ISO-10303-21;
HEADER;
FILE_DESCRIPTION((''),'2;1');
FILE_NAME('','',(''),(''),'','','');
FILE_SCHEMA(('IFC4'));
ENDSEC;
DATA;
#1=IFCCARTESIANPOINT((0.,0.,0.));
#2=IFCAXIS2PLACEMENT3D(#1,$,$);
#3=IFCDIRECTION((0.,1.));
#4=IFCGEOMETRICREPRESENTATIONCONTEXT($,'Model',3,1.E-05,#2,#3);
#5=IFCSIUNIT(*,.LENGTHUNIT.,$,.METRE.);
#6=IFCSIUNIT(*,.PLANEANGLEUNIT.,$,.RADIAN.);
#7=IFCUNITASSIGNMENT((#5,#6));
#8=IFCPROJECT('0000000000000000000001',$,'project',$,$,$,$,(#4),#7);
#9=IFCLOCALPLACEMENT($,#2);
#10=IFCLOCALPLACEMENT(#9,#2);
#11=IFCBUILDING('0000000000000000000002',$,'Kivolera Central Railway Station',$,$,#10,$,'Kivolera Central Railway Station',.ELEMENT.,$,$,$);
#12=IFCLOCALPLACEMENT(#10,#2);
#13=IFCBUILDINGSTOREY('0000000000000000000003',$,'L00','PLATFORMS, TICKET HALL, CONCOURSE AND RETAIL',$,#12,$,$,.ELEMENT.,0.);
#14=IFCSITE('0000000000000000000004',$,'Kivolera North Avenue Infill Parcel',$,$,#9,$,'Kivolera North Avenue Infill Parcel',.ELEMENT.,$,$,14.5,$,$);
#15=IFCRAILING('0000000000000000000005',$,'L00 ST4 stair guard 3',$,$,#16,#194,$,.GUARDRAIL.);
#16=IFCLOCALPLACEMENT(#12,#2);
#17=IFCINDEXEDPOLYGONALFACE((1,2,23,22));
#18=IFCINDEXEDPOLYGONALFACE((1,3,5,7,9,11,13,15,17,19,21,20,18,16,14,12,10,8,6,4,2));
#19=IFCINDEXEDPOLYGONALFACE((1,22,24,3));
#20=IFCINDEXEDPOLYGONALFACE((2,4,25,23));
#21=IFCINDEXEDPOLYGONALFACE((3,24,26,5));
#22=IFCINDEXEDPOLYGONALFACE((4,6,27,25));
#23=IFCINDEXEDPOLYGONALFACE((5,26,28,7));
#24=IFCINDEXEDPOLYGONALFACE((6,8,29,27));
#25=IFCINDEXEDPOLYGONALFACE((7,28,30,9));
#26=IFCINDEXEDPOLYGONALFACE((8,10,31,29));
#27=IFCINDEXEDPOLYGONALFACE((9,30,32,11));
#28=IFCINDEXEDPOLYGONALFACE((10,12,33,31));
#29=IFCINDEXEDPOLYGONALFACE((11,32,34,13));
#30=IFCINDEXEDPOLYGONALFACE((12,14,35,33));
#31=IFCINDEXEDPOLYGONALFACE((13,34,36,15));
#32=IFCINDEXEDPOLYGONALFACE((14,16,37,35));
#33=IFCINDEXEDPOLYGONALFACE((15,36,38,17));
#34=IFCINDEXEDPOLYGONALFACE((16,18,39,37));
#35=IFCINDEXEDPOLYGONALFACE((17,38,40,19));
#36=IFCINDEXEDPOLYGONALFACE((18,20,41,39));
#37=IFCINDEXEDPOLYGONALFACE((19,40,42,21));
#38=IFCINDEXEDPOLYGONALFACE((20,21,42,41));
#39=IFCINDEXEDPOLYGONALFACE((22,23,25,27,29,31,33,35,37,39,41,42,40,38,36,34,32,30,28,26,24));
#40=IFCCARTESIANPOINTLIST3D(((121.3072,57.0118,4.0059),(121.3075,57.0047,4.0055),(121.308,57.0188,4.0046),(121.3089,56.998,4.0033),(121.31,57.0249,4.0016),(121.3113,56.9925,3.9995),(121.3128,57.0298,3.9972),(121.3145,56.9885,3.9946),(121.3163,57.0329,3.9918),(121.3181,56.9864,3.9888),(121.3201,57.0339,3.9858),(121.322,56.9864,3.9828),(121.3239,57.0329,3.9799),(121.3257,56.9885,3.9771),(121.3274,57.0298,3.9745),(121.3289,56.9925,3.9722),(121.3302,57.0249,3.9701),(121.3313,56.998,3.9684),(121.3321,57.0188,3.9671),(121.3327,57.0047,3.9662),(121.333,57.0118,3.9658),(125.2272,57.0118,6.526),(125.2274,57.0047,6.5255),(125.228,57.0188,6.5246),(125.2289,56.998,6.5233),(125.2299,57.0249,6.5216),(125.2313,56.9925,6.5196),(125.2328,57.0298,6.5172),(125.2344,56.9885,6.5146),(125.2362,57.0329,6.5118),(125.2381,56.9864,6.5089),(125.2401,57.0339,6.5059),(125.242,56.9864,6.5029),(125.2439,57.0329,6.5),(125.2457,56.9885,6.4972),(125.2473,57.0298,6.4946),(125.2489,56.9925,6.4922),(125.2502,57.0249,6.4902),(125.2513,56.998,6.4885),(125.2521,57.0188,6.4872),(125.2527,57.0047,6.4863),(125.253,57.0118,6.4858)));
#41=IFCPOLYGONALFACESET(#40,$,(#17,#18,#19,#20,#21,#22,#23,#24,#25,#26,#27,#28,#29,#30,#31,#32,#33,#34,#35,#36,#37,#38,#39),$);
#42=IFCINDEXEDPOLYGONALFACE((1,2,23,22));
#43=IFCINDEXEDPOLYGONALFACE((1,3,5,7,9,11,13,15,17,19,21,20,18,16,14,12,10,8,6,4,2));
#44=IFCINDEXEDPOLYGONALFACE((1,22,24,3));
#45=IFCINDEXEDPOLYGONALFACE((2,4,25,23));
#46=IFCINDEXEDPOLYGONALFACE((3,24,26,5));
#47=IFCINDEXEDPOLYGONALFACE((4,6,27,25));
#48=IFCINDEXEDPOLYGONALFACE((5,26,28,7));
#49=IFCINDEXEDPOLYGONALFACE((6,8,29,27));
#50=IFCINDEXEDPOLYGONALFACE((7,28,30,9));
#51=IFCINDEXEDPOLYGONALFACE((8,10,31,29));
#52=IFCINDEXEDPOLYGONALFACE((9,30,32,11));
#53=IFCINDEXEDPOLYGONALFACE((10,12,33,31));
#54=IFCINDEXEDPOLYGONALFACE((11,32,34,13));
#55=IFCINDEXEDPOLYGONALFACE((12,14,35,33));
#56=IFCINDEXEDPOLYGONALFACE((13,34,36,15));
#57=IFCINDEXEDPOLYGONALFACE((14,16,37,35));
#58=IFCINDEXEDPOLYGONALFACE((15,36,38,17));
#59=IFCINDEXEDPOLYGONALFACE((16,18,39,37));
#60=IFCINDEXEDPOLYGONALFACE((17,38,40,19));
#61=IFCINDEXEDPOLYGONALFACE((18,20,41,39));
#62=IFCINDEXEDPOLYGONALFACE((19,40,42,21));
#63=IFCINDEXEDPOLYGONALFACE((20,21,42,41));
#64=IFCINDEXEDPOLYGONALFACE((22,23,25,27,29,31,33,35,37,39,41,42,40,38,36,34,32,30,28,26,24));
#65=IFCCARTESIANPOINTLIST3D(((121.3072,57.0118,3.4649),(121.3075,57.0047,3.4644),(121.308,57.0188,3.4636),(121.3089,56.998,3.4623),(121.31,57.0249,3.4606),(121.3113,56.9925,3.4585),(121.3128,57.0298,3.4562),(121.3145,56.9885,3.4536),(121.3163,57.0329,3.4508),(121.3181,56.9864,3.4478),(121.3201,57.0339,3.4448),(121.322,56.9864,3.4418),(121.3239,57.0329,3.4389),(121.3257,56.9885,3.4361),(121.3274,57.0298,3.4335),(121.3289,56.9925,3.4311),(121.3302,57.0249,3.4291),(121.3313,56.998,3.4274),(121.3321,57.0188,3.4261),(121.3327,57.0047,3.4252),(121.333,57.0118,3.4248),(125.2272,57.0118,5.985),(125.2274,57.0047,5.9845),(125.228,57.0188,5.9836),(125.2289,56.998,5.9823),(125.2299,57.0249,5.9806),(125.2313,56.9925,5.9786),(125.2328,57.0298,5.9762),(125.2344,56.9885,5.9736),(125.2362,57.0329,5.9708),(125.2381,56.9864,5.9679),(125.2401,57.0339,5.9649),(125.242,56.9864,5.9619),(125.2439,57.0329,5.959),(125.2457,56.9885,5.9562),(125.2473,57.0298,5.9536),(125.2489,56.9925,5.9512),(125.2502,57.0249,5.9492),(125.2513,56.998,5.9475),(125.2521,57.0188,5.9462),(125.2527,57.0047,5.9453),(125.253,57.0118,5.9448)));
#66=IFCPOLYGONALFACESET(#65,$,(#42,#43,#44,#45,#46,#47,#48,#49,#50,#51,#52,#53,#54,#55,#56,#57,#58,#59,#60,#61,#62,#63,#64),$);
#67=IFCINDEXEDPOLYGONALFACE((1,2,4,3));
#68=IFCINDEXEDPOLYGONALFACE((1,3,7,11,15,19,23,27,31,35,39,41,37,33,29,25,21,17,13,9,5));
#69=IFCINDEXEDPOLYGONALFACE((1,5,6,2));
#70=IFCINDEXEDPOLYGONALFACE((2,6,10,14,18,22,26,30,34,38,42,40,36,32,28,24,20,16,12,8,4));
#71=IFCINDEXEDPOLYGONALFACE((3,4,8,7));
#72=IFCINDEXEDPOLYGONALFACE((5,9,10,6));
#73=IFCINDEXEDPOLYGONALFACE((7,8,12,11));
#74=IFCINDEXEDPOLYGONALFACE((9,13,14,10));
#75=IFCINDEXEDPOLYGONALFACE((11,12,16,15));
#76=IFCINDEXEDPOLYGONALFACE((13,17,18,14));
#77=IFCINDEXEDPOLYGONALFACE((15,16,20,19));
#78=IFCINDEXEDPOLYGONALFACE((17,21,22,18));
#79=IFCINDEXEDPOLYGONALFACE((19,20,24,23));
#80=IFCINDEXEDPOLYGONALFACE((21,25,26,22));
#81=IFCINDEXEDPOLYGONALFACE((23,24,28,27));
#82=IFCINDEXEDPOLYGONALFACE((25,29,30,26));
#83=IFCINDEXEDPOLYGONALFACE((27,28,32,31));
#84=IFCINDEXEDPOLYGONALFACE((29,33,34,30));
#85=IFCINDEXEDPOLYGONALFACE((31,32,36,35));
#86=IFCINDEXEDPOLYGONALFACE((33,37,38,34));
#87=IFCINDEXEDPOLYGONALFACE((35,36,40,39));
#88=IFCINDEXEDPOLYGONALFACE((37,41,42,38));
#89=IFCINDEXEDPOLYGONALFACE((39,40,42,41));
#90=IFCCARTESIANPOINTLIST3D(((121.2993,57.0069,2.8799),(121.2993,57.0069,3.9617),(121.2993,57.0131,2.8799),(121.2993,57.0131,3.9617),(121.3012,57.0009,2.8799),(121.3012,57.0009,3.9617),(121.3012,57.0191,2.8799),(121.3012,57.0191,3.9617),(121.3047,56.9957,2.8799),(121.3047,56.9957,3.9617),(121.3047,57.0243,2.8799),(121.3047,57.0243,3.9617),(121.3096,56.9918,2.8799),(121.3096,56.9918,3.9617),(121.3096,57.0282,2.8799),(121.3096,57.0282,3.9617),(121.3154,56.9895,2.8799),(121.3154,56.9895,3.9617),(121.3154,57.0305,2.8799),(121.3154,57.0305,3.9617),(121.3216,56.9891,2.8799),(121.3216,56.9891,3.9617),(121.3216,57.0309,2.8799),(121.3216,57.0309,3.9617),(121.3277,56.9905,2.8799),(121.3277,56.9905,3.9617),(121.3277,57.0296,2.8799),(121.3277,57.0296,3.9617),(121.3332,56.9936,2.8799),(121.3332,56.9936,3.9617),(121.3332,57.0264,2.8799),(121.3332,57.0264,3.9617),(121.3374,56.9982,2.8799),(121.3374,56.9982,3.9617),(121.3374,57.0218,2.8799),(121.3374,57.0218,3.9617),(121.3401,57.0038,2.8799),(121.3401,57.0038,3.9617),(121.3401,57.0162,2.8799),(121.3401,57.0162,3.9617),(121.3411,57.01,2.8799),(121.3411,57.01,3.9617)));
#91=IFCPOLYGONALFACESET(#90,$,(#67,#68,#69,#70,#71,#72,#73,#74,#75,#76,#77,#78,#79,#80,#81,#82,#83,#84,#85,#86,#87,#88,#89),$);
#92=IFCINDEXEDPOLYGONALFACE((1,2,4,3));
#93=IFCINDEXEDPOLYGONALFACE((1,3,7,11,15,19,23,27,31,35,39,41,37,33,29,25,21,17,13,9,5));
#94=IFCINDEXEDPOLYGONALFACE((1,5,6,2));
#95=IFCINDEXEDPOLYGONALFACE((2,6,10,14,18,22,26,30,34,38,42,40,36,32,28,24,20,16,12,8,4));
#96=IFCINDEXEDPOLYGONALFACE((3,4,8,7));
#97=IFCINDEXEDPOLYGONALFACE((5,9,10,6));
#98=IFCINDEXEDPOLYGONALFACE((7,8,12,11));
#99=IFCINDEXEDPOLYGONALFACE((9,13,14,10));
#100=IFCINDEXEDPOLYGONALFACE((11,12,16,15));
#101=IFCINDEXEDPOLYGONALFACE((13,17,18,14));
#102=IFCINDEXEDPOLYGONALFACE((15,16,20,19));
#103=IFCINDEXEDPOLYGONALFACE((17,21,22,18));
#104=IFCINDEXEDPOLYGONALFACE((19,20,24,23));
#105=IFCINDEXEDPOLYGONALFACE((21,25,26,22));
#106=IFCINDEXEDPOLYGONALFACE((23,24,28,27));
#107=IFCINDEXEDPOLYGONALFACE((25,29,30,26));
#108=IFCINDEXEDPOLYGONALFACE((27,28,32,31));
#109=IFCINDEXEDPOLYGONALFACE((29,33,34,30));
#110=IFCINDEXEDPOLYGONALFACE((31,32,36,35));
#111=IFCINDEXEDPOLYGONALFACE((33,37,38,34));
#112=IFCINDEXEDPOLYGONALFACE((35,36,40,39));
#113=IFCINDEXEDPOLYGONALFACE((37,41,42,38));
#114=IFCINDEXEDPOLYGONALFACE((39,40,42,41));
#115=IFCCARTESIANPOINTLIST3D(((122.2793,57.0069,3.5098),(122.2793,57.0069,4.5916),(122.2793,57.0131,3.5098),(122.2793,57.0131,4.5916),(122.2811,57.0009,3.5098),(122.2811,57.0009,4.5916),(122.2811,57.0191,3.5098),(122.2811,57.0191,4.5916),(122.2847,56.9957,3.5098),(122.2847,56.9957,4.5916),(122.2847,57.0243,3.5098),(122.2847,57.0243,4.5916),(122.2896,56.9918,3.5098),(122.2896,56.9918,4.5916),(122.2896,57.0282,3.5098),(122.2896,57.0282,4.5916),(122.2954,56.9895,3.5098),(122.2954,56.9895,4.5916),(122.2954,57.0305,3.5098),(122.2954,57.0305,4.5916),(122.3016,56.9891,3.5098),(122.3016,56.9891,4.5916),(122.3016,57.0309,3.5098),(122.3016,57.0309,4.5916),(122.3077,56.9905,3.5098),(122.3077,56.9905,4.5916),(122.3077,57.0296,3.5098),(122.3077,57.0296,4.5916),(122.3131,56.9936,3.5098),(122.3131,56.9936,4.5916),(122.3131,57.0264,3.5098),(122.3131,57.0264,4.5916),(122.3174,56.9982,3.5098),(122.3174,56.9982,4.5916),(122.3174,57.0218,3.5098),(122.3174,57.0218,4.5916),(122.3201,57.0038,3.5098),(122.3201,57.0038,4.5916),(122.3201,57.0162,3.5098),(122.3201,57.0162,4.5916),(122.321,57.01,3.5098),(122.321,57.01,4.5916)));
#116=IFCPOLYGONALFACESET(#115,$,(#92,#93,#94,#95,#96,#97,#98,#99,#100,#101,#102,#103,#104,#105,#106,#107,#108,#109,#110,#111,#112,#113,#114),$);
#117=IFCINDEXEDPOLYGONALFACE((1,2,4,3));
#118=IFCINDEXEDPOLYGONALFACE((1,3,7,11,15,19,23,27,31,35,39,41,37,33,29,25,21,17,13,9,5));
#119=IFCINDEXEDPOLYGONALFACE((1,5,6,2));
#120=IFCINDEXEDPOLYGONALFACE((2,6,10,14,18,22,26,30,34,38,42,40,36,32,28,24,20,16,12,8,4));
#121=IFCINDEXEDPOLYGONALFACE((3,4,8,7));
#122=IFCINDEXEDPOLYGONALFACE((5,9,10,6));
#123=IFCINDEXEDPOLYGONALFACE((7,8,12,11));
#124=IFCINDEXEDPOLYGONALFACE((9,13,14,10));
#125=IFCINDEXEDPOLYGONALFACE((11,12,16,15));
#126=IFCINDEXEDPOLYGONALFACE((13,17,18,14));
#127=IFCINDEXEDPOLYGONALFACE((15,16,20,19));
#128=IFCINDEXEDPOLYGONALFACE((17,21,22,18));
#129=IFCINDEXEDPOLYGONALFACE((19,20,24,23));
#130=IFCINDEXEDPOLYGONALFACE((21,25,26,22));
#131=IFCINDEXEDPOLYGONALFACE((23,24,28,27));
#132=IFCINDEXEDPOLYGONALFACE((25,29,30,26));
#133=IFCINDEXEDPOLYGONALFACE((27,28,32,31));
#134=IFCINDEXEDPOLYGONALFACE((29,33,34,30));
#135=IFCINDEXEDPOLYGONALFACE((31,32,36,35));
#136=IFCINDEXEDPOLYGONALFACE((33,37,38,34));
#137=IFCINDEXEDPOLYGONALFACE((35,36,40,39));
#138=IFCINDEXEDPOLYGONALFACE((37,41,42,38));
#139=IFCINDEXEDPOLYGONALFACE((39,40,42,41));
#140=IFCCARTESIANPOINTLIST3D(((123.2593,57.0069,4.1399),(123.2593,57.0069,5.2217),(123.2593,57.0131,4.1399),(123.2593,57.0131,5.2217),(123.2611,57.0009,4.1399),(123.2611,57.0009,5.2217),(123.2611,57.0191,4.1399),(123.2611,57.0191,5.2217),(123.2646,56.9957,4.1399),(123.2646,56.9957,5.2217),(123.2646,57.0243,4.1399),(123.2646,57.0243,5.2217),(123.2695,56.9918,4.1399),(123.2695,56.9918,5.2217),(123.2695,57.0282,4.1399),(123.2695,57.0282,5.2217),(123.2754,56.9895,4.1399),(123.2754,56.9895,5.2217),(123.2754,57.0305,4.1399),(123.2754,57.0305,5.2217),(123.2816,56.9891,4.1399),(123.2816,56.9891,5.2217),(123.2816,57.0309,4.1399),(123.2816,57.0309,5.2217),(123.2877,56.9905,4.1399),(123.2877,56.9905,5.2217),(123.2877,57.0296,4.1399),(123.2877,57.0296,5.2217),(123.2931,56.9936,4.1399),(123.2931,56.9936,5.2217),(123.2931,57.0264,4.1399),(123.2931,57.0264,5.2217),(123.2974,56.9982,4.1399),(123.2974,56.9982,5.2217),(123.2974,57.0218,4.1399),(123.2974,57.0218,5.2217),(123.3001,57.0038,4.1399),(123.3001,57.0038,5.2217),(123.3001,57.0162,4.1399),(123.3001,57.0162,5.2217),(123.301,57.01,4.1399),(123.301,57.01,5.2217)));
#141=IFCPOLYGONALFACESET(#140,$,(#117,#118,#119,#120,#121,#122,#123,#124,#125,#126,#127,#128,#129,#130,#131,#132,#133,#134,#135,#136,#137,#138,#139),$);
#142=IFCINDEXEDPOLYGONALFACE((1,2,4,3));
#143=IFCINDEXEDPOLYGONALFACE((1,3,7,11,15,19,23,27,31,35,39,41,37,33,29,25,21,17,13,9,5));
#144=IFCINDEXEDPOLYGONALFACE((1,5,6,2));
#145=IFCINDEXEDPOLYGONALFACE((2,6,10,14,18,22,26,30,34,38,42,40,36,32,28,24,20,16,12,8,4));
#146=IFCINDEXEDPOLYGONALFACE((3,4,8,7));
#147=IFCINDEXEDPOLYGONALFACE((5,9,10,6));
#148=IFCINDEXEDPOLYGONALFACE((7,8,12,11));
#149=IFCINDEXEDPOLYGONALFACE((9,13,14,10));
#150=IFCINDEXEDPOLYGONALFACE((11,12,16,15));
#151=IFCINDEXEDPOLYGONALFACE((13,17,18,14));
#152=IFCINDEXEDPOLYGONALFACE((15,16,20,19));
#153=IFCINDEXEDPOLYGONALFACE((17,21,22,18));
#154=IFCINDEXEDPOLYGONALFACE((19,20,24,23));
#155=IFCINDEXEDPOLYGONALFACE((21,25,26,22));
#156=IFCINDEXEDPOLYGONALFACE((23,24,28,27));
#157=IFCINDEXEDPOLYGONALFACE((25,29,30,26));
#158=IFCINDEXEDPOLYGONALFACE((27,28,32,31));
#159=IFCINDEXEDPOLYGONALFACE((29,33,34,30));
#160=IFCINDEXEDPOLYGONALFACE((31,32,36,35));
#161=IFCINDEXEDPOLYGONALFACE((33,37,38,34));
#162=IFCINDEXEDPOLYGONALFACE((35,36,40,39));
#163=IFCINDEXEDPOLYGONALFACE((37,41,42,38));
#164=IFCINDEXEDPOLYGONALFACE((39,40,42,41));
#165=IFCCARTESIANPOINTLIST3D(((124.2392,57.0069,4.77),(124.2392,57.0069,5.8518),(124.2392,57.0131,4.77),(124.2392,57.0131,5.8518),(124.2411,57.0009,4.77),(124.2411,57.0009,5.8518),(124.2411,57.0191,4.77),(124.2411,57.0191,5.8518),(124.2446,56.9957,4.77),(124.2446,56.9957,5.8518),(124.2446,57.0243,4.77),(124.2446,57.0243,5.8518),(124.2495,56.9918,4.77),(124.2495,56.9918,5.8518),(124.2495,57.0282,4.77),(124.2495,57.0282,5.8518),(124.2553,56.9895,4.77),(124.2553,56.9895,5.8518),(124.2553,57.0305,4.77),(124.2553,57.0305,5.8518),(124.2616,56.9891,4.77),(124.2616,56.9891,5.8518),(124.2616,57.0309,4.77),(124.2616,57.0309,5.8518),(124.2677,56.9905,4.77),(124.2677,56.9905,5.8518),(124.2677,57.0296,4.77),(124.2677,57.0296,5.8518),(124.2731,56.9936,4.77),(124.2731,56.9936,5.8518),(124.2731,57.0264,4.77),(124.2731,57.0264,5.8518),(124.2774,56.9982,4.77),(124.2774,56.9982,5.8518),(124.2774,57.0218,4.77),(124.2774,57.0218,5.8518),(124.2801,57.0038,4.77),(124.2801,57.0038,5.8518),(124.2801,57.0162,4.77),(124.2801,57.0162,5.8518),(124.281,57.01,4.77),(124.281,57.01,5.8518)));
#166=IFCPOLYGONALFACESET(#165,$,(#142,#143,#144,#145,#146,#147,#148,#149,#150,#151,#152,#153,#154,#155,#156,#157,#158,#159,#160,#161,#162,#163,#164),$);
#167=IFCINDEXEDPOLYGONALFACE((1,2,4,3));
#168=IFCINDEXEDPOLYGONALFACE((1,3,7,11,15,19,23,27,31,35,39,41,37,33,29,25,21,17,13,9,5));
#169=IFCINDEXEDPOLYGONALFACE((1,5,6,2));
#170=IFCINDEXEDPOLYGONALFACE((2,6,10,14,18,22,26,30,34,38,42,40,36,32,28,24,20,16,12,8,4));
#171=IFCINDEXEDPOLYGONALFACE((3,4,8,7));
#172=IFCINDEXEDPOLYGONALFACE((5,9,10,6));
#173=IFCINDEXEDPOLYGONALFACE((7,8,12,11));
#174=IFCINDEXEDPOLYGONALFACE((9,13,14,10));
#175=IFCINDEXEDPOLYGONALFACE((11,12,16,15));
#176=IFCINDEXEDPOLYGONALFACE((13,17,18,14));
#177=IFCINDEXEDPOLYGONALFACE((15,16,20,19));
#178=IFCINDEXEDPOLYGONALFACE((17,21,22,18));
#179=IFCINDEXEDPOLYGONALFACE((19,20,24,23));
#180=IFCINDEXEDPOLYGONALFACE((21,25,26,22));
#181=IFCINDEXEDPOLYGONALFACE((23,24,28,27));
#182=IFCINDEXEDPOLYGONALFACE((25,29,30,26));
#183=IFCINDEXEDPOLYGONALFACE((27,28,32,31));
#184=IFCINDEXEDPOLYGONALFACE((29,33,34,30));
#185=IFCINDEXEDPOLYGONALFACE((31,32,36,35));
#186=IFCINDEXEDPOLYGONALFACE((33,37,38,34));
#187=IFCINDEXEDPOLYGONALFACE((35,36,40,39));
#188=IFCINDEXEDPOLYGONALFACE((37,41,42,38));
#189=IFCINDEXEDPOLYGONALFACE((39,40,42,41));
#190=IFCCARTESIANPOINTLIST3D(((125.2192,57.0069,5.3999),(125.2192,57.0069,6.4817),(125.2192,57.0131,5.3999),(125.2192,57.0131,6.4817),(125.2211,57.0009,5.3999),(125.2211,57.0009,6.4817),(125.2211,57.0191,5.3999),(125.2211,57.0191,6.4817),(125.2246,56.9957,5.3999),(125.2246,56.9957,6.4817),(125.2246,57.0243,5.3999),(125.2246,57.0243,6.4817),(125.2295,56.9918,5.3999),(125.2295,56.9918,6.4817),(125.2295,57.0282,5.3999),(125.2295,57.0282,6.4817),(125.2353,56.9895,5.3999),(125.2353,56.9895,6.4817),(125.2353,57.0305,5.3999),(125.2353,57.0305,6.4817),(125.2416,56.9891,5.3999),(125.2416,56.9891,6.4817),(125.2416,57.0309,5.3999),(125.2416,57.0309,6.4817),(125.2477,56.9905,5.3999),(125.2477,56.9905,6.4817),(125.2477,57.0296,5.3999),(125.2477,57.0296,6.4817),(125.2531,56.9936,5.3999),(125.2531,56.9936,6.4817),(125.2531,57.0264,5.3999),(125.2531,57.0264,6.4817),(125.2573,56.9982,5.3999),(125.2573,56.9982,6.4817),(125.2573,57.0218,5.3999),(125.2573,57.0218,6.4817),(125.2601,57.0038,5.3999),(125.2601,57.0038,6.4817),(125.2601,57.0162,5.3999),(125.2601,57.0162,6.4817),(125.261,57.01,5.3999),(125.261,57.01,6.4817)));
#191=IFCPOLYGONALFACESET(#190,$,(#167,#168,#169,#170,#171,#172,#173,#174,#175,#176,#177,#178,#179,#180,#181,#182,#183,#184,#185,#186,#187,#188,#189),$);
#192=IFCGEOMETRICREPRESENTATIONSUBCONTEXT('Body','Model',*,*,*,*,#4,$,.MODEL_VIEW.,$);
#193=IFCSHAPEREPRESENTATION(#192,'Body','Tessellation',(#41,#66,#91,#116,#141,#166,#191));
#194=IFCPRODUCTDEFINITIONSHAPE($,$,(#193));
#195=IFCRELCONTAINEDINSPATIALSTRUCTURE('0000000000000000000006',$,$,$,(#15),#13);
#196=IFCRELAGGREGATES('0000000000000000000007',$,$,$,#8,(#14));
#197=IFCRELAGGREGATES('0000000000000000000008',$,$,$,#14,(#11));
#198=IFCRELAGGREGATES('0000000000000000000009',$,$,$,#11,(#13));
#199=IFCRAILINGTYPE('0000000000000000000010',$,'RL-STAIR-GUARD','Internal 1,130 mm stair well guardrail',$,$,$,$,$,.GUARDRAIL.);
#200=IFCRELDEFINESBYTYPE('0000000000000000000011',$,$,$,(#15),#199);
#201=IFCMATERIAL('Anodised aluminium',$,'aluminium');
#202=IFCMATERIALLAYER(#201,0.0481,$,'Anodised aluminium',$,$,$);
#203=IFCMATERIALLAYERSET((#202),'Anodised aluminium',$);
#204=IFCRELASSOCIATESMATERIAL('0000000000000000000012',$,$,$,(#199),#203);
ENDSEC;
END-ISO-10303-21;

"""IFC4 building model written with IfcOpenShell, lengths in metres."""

from ifc_helpers import new_model, si_unit, direction, frame, origin, origin_2d, place, context, subcontext, project, spatial, circle, extrude, material, layer, layer_set, type_object, element, save


model = new_model("IFC4")

# Units and contexts
model_context = context("Model", 3, precision=1e-05, world=origin(), true_north=direction((0.0, 1.0)))
body_context = subcontext(model_context, "Body", "Model", "MODEL_VIEW")
ifc_project = project(units=[si_unit("LENGTHUNIT", "METRE"), si_unit("PLANEANGLEUNIT", "RADIAN")], contexts=[model_context])

# Site, building, storey
site_placement = place(None, origin())
site = spatial("IfcSite", under=ifc_project, at=site_placement, Name="Kivolera North Avenue Infill Parcel", LongName="Kivolera North Avenue Infill Parcel", CompositionType="ELEMENT", RefElevation=14.5)
building_placement = place(site_placement, origin())
building = spatial("IfcBuilding", under=site, at=building_placement, Name="Kivolera Central Railway Station", LongName="Kivolera Central Railway Station", CompositionType="ELEMENT")
storey_placement = place(building_placement, origin())
storey = spatial("IfcBuildingStorey", under=building, at=storey_placement, Name="L00", Description="PLATFORMS, TICKET HALL, CONCOURSE AND RETAIL", CompositionType="ELEMENT", Elevation=0.0)

# Railing
ifc_material_1 = material(Name="Anodised aluminium", Category="aluminium")
ifc_layer_1 = layer(ifc_material_1, 0.0481, Name="Anodised aluminium")
ifc_layer_set_1 = layer_set([ifc_layer_1], Name="Anodised aluminium")
railing_type_1 = type_object("IfcRailingType", Name="RL-STAIR-GUARD", Description="Internal 1,130 mm stair well guardrail", PredefinedType="GUARDRAIL", material=ifc_layer_set_1)
railing_1_placement = place(storey_placement, frame((121.3201, 57.01, 2.8799)))
element("IfcRailing", 1, at=railing_1_placement, inside=storey, type_object=railing_type_1, Name="L00 ST4 stair guard 3", PredefinedType="GUARDRAIL", context=body_context, shape_type="SweptSolid", body=[
    extrude(circle(Radius=0.0239, at=origin_2d()), frame((0.0, 0.0, 1.106), z_axis=(0.841172, 0.0, 0.540768), x_axis=(0.0, 1.0, 0.0)), (0.0, 0.0, 1.0), 4.6602),
    extrude(circle(Radius=0.0239, at=origin_2d()), frame((0.0, 0.0, 0.5649), z_axis=(0.841172, 0.0, 0.540768), x_axis=(0.0, 1.0, 0.0)), (0.0, 0.0, 1.0), 4.6602),
    extrude(circle(Radius=0.021, at=origin_2d()), origin(), (0.0, 0.0, 1.0), 1.0818),
    extrude(circle(Radius=0.021, at=origin_2d()), frame((0.98, 0.0, 0.6299)), (0.0, 0.0, 1.0), 1.0818),
    extrude(circle(Radius=0.021, at=origin_2d()), frame((1.96, 0.0, 1.26)), (0.0, 0.0, 1.0), 1.0818),
    extrude(circle(Radius=0.021, at=origin_2d()), frame((2.9399, 0.0, 1.8901)), (0.0, 0.0, 1.0), 1.0818),
    extrude(circle(Radius=0.021, at=origin_2d()), frame((3.9199, 0.0, 2.52)), (0.0, 0.0, 1.0), 1.0818),
])

save(model, "model.ifc")
